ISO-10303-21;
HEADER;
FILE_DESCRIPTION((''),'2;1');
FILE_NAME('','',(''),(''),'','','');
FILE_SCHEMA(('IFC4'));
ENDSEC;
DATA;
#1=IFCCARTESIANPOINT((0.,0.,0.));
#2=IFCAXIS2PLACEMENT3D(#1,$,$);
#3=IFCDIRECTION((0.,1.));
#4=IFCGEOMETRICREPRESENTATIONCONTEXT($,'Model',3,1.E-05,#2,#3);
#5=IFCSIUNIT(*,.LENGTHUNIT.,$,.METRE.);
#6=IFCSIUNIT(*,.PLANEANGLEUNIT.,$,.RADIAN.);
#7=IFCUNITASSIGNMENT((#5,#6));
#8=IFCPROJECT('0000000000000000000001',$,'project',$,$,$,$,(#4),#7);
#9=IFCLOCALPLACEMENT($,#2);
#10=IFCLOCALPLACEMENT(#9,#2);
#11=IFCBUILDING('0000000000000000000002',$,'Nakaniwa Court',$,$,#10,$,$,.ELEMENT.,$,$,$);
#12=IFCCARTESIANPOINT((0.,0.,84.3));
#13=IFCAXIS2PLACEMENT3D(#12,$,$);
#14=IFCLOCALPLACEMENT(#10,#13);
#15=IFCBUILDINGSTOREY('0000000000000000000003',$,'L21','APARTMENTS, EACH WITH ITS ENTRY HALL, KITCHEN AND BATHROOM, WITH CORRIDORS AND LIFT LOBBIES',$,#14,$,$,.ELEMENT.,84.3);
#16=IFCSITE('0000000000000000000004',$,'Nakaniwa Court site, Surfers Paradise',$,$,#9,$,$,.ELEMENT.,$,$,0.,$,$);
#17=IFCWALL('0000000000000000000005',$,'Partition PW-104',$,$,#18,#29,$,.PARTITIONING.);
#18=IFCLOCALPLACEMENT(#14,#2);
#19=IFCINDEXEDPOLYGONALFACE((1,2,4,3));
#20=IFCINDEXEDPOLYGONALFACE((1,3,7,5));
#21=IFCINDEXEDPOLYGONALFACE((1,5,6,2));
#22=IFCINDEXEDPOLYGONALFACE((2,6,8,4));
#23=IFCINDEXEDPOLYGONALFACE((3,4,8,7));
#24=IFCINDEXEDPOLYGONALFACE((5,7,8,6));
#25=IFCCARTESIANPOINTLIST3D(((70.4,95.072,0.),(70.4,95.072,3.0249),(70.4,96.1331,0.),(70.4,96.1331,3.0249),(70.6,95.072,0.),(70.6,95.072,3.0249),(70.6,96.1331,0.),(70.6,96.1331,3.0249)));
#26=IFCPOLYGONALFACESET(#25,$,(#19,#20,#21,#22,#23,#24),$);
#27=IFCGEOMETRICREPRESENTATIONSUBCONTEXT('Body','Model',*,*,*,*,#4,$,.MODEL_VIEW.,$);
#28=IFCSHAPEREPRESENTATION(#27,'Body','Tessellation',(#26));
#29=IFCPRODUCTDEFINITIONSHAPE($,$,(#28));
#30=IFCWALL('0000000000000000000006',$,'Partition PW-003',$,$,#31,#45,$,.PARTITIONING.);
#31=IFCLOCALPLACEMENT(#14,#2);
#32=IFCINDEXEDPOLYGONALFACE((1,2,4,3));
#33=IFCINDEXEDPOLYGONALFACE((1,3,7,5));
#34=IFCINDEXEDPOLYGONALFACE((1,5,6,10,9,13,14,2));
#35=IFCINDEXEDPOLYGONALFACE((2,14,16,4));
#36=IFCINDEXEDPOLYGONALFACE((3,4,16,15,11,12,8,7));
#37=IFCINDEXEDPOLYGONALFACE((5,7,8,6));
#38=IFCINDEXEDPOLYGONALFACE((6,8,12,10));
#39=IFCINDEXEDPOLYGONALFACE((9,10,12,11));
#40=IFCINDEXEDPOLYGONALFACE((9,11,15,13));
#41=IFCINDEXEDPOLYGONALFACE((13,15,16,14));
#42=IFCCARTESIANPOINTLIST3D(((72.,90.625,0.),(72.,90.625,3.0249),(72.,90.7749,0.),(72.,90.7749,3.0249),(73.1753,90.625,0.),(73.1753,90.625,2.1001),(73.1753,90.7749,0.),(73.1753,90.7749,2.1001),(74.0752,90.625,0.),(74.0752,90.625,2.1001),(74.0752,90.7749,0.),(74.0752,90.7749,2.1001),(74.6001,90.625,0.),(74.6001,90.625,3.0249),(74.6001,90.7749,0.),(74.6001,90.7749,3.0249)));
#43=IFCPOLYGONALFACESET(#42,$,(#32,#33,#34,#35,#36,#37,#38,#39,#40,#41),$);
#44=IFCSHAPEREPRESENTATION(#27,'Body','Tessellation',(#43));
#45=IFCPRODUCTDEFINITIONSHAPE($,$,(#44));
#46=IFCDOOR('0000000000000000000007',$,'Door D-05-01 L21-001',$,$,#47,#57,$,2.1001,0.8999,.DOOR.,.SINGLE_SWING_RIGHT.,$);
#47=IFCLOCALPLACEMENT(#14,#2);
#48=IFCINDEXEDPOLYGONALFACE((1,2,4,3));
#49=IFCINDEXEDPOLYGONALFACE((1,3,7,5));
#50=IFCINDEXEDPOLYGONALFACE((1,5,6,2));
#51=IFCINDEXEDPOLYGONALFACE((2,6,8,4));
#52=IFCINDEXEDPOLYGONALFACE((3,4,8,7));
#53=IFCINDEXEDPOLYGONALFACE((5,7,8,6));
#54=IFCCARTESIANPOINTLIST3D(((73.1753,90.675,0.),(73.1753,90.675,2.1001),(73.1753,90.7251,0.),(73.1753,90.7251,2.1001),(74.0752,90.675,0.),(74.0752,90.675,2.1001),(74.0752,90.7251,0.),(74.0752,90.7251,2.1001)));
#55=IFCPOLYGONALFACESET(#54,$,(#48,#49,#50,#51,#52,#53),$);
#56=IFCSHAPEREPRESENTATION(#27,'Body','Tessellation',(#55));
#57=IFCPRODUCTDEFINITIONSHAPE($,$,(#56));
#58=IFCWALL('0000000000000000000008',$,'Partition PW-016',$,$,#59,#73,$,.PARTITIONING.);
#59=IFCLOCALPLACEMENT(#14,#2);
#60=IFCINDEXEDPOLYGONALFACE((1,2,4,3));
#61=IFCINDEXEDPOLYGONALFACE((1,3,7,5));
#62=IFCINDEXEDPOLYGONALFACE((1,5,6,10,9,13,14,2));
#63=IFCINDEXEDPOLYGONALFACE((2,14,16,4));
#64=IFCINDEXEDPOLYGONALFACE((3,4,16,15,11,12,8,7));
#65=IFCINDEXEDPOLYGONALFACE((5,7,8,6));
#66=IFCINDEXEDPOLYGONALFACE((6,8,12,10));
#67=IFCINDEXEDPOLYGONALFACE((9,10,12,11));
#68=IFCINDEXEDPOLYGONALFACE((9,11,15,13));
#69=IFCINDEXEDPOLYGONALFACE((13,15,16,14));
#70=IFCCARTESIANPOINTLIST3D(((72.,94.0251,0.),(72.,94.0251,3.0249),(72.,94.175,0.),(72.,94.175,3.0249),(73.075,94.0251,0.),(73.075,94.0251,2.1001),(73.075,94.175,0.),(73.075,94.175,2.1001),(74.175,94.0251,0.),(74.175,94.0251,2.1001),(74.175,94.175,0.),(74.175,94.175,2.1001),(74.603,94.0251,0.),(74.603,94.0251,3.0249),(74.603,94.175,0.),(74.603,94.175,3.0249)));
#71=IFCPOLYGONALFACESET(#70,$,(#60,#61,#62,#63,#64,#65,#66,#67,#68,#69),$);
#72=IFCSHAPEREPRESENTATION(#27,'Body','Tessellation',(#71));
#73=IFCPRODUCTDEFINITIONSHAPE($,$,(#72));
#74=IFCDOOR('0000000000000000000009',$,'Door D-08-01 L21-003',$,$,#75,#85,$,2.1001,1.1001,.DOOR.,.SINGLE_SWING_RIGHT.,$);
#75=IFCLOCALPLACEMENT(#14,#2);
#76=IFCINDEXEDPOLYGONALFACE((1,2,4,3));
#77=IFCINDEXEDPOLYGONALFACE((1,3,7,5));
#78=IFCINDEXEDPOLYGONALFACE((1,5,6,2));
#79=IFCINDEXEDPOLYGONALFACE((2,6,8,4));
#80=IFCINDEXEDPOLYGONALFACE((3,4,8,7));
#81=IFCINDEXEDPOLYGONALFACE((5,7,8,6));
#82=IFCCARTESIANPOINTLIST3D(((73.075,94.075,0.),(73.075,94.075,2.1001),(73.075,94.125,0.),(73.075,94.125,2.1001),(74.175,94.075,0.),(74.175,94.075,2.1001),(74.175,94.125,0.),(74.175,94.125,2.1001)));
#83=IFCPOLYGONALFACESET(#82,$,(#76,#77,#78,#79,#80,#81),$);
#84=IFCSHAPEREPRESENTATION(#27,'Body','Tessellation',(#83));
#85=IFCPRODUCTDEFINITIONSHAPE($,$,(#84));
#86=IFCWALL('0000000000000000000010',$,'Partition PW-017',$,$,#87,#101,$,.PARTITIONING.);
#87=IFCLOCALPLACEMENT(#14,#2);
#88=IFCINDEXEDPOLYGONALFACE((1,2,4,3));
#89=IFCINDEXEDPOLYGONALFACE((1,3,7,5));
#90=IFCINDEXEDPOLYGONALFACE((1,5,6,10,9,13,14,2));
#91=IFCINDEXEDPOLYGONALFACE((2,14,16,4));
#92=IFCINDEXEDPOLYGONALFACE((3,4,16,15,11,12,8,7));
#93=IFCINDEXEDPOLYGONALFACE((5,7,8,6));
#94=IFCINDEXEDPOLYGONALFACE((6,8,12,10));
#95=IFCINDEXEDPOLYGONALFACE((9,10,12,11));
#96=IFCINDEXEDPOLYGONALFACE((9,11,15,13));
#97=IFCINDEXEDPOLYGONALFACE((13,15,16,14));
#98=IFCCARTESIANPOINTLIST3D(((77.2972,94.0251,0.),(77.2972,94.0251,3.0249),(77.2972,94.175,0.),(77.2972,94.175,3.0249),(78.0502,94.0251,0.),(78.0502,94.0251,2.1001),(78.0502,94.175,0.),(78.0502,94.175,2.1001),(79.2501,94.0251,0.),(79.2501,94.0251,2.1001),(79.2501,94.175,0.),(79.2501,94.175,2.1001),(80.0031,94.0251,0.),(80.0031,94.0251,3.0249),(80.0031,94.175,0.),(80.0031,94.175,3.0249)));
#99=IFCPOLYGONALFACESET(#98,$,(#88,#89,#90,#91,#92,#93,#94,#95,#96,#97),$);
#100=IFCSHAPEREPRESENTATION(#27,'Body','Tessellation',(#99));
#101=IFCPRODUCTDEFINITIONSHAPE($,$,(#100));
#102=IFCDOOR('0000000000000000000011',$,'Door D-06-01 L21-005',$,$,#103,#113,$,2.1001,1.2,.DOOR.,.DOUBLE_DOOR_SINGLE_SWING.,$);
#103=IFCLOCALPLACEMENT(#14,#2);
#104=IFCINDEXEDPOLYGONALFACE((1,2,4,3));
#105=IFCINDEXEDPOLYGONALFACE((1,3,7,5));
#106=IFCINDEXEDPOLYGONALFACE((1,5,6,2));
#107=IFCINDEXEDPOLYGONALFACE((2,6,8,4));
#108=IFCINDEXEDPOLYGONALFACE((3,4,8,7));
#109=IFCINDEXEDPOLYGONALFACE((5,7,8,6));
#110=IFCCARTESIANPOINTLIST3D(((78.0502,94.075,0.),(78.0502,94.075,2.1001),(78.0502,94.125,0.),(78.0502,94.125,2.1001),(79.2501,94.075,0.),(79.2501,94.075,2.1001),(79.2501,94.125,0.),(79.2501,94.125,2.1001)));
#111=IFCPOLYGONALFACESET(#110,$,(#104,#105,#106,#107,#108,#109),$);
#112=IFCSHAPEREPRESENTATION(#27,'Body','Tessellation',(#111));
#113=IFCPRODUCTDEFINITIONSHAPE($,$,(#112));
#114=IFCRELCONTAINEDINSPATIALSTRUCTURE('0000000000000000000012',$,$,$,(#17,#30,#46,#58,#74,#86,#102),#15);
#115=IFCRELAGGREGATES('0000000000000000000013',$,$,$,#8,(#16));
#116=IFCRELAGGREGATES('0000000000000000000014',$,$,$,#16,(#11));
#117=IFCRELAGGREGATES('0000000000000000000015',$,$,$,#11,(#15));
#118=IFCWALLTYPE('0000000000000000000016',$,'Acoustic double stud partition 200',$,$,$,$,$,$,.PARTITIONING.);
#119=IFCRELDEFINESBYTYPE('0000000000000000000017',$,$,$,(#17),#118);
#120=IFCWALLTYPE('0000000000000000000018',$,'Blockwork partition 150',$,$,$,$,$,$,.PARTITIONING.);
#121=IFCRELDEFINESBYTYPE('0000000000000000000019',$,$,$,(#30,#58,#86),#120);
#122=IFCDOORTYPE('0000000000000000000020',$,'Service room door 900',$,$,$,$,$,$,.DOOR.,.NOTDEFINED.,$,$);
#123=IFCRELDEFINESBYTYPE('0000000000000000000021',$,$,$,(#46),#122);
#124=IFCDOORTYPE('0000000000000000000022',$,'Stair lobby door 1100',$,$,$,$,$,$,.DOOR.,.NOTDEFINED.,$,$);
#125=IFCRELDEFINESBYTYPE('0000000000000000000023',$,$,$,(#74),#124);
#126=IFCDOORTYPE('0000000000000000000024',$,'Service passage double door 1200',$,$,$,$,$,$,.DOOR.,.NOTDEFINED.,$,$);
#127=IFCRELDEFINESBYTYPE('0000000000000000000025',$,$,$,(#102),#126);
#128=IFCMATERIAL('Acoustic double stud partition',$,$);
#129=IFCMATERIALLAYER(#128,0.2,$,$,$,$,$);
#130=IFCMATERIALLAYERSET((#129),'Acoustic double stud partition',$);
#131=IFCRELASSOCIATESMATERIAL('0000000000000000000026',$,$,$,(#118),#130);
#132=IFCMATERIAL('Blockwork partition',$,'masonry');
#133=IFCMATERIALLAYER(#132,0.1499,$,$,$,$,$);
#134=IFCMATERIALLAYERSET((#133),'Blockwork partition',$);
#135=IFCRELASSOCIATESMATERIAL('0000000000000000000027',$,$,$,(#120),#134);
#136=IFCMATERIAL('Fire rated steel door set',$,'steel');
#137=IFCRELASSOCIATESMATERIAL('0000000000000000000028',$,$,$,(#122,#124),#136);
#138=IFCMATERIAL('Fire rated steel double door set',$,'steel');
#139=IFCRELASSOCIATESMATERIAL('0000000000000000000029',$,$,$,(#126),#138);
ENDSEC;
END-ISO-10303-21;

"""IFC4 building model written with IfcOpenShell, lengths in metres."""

from ifc_helpers import new_model, si_unit, direction, frame, frame_2d, origin, place, context, subcontext, project, spatial, rectangle, extrude, material, layer, layer_set, type_object, element, fill, save


model = new_model("IFC4")

# Units and contexts
model_context = context("Model", 3, precision=1e-05, world=origin(), true_north=direction((0.0, 1.0)))
body_context = subcontext(model_context, "Body", "Model", "MODEL_VIEW")
ifc_project = project(units=[si_unit("LENGTHUNIT", "METRE"), si_unit("PLANEANGLEUNIT", "RADIAN")], contexts=[model_context])

# Site, building, storey
site_placement = place(None, origin())
site = spatial("IfcSite", under=ifc_project, at=site_placement, Name="Nakaniwa Court site, Surfers Paradise", CompositionType="ELEMENT", RefElevation=0.0)
building_placement = place(site_placement, origin())
building = spatial("IfcBuilding", under=site, at=building_placement, Name="Nakaniwa Court", CompositionType="ELEMENT")
storey_placement = place(building_placement, frame((0.0, 0.0, 84.3)))
storey = spatial("IfcBuildingStorey", under=building, at=storey_placement, Name="L21", Description="APARTMENTS, EACH WITH ITS ENTRY HALL, KITCHEN AND BATHROOM, WITH CORRIDORS AND LIFT LOBBIES", CompositionType="ELEMENT", Elevation=84.3)

# Wall
ifc_material_1 = material(Name="Acoustic double stud partition")
ifc_layer_1 = layer(ifc_material_1, 0.2)
ifc_layer_set_1 = layer_set([ifc_layer_1], Name="Acoustic double stud partition")
wall_type_1 = type_object("IfcWallType", Name="Acoustic double stud partition 200", PredefinedType="PARTITIONING", material=ifc_layer_set_1)
wall_1_placement = place(storey_placement, frame((70.5, 95.072, 0.0), z_axis=(0.0, 0.0, 1.0), x_axis=(0.0, 1.0, 0.0)))
element("IfcWall", 1, at=wall_1_placement, inside=storey, type_object=wall_type_1, Name="Partition PW-104", PredefinedType="PARTITIONING", context=body_context, shape_type="SweptSolid", body=[
    extrude(rectangle(XDim=1.061, YDim=0.2, at=frame_2d((0.5305, 0.0))), origin(), (0.0, 0.0, 1.0), 3.0249),
])

# Walls, openings, doors
ifc_material_2 = material(Name="Blockwork partition", Category="masonry")
ifc_layer_2 = layer(ifc_material_2, 0.1499)
ifc_layer_set_2 = layer_set([ifc_layer_2], Name="Blockwork partition")
wall_type_2 = type_object("IfcWallType", Name="Blockwork partition 150", PredefinedType="PARTITIONING", material=ifc_layer_set_2)
wall_2_placement = place(storey_placement, frame((74.6001, 90.7, 0.0), z_axis=(0.0, 0.0, 1.0), x_axis=(-1.0, 0.0, 0.0)))
wall_2 = element("IfcWall", 2, at=wall_2_placement, inside=storey, type_object=wall_type_2, Name="Partition PW-003", PredefinedType="PARTITIONING", context=body_context, shape_type="SweptSolid", body=[
    extrude(rectangle(XDim=2.6001, YDim=0.1499, at=frame_2d((1.3, 0.0))), origin(), (0.0, 0.0, 1.0), 3.0249),
])
opening_1_placement = place(wall_2_placement, frame((0.5249, 0.0, 0.0)))
opening_1 = element("IfcOpeningElement", 3, at=opening_1_placement, cuts=wall_2, PredefinedType="OPENING", context=body_context, shape_type="SweptSolid", body=[
    extrude(rectangle(XDim=0.8999, YDim=2.1001, at=frame_2d((0.45, 1.05))), frame((0.0, 0.085, 0.0), z_axis=(0.0, -1.0, 0.0), x_axis=(1.0, 0.0, 0.0)), (0.0, 0.0, 1.0), 0.1699),
])
ifc_material_3 = material(Name="Fire rated steel door set", Category="steel")
door_type_1 = type_object("IfcDoorType", Name="Service room door 900", OperationType="NOTDEFINED", PredefinedType="DOOR", material=ifc_material_3)
door_1_placement = place(opening_1_placement, origin())
door_1 = element("IfcDoor", 4, at=door_1_placement, inside=storey, type_object=door_type_1, Name="Door D-05-01 L21-001", OperationType="SINGLE_SWING_RIGHT", OverallHeight=2.1001, OverallWidth=0.8999, PredefinedType="DOOR", context=body_context, shape_type="SweptSolid", body=[
    extrude(rectangle(XDim=0.8999, YDim=2.1001, at=frame_2d((0.45, 1.05))), frame((0.0, 0.0249, 0.0), z_axis=(0.0, -1.0, 0.0), x_axis=(1.0, 0.0, 0.0)), (0.0, 0.0, 1.0), 0.05),
])
fill(opening_1, door_1)
wall_3_placement = place(storey_placement, frame((72.0, 94.1001, 0.0), z_axis=(0.0, 0.0, 1.0), x_axis=(1.0, 0.0, 0.0)))
wall_3 = element("IfcWall", 5, at=wall_3_placement, inside=storey, type_object=wall_type_2, Name="Partition PW-016", PredefinedType="PARTITIONING", context=body_context, shape_type="SweptSolid", body=[
    extrude(rectangle(XDim=2.603, YDim=0.1499, at=frame_2d((1.3015, 0.0))), origin(), (0.0, 0.0, 1.0), 3.0249),
])
opening_2_placement = place(wall_3_placement, frame((1.075, 0.0, 0.0)))
opening_2 = element("IfcOpeningElement", 6, at=opening_2_placement, cuts=wall_3, PredefinedType="OPENING", context=body_context, shape_type="SweptSolid", body=[
    extrude(rectangle(XDim=1.1001, YDim=2.1001, at=frame_2d((0.55, 1.05))), frame((0.0, 0.085, 0.0), z_axis=(0.0, -1.0, 0.0), x_axis=(1.0, 0.0, 0.0)), (0.0, 0.0, 1.0), 0.1699),
])
door_type_2 = type_object("IfcDoorType", Name="Stair lobby door 1100", OperationType="NOTDEFINED", PredefinedType="DOOR", material=ifc_material_3)
door_2_placement = place(opening_2_placement, origin())
door_2 = element("IfcDoor", 7, at=door_2_placement, inside=storey, type_object=door_type_2, Name="Door D-08-01 L21-003", OperationType="SINGLE_SWING_RIGHT", OverallHeight=2.1001, OverallWidth=1.1001, PredefinedType="DOOR", context=body_context, shape_type="SweptSolid", body=[
    extrude(rectangle(XDim=1.1001, YDim=2.1001, at=frame_2d((0.55, 1.05))), frame((0.0, 0.0249, 0.0), z_axis=(0.0, -1.0, 0.0), x_axis=(1.0, 0.0, 0.0)), (0.0, 0.0, 1.0), 0.05),
])
fill(opening_2, door_2)
wall_4_placement = place(storey_placement, frame((77.2971, 94.1001, 0.0), z_axis=(0.0, 0.0, 1.0), x_axis=(1.0, 0.0, 0.0)))
wall_4 = element("IfcWall", 8, at=wall_4_placement, inside=storey, type_object=wall_type_2, Name="Partition PW-017", PredefinedType="PARTITIONING", context=body_context, shape_type="SweptSolid", body=[
    extrude(rectangle(XDim=2.7058, YDim=0.1499, at=frame_2d((1.353, 0.0))), origin(), (0.0, 0.0, 1.0), 3.0249),
])
opening_3_placement = place(wall_4_placement, frame((0.7529, 0.0, 0.0)))
opening_3 = element("IfcOpeningElement", 9, at=opening_3_placement, cuts=wall_4, PredefinedType="OPENING", context=body_context, shape_type="SweptSolid", body=[
    extrude(rectangle(XDim=1.2, YDim=2.1001, at=frame_2d((0.6001, 1.05))), frame((0.0, 0.085, 0.0), z_axis=(0.0, -1.0, 0.0), x_axis=(1.0, 0.0, 0.0)), (0.0, 0.0, 1.0), 0.1699),
])
ifc_material_4 = material(Name="Fire rated steel double door set", Category="steel")
door_type_3 = type_object("IfcDoorType", Name="Service passage double door 1200", OperationType="NOTDEFINED", PredefinedType="DOOR", material=ifc_material_4)
door_3_placement = place(opening_3_placement, origin())
door_3 = element("IfcDoor", 10, at=door_3_placement, inside=storey, type_object=door_type_3, Name="Door D-06-01 L21-005", OperationType="DOUBLE_DOOR_SINGLE_SWING", OverallHeight=2.1001, OverallWidth=1.2, PredefinedType="DOOR", context=body_context, shape_type="SweptSolid", body=[
    extrude(rectangle(XDim=1.2, YDim=2.1001, at=frame_2d((0.6001, 1.05))), frame((0.0, 0.0249, 0.0), z_axis=(0.0, -1.0, 0.0), x_axis=(1.0, 0.0, 0.0)), (0.0, 0.0, 1.0), 0.05),
])
fill(opening_3, door_3)

save(model, "model.ifc")
